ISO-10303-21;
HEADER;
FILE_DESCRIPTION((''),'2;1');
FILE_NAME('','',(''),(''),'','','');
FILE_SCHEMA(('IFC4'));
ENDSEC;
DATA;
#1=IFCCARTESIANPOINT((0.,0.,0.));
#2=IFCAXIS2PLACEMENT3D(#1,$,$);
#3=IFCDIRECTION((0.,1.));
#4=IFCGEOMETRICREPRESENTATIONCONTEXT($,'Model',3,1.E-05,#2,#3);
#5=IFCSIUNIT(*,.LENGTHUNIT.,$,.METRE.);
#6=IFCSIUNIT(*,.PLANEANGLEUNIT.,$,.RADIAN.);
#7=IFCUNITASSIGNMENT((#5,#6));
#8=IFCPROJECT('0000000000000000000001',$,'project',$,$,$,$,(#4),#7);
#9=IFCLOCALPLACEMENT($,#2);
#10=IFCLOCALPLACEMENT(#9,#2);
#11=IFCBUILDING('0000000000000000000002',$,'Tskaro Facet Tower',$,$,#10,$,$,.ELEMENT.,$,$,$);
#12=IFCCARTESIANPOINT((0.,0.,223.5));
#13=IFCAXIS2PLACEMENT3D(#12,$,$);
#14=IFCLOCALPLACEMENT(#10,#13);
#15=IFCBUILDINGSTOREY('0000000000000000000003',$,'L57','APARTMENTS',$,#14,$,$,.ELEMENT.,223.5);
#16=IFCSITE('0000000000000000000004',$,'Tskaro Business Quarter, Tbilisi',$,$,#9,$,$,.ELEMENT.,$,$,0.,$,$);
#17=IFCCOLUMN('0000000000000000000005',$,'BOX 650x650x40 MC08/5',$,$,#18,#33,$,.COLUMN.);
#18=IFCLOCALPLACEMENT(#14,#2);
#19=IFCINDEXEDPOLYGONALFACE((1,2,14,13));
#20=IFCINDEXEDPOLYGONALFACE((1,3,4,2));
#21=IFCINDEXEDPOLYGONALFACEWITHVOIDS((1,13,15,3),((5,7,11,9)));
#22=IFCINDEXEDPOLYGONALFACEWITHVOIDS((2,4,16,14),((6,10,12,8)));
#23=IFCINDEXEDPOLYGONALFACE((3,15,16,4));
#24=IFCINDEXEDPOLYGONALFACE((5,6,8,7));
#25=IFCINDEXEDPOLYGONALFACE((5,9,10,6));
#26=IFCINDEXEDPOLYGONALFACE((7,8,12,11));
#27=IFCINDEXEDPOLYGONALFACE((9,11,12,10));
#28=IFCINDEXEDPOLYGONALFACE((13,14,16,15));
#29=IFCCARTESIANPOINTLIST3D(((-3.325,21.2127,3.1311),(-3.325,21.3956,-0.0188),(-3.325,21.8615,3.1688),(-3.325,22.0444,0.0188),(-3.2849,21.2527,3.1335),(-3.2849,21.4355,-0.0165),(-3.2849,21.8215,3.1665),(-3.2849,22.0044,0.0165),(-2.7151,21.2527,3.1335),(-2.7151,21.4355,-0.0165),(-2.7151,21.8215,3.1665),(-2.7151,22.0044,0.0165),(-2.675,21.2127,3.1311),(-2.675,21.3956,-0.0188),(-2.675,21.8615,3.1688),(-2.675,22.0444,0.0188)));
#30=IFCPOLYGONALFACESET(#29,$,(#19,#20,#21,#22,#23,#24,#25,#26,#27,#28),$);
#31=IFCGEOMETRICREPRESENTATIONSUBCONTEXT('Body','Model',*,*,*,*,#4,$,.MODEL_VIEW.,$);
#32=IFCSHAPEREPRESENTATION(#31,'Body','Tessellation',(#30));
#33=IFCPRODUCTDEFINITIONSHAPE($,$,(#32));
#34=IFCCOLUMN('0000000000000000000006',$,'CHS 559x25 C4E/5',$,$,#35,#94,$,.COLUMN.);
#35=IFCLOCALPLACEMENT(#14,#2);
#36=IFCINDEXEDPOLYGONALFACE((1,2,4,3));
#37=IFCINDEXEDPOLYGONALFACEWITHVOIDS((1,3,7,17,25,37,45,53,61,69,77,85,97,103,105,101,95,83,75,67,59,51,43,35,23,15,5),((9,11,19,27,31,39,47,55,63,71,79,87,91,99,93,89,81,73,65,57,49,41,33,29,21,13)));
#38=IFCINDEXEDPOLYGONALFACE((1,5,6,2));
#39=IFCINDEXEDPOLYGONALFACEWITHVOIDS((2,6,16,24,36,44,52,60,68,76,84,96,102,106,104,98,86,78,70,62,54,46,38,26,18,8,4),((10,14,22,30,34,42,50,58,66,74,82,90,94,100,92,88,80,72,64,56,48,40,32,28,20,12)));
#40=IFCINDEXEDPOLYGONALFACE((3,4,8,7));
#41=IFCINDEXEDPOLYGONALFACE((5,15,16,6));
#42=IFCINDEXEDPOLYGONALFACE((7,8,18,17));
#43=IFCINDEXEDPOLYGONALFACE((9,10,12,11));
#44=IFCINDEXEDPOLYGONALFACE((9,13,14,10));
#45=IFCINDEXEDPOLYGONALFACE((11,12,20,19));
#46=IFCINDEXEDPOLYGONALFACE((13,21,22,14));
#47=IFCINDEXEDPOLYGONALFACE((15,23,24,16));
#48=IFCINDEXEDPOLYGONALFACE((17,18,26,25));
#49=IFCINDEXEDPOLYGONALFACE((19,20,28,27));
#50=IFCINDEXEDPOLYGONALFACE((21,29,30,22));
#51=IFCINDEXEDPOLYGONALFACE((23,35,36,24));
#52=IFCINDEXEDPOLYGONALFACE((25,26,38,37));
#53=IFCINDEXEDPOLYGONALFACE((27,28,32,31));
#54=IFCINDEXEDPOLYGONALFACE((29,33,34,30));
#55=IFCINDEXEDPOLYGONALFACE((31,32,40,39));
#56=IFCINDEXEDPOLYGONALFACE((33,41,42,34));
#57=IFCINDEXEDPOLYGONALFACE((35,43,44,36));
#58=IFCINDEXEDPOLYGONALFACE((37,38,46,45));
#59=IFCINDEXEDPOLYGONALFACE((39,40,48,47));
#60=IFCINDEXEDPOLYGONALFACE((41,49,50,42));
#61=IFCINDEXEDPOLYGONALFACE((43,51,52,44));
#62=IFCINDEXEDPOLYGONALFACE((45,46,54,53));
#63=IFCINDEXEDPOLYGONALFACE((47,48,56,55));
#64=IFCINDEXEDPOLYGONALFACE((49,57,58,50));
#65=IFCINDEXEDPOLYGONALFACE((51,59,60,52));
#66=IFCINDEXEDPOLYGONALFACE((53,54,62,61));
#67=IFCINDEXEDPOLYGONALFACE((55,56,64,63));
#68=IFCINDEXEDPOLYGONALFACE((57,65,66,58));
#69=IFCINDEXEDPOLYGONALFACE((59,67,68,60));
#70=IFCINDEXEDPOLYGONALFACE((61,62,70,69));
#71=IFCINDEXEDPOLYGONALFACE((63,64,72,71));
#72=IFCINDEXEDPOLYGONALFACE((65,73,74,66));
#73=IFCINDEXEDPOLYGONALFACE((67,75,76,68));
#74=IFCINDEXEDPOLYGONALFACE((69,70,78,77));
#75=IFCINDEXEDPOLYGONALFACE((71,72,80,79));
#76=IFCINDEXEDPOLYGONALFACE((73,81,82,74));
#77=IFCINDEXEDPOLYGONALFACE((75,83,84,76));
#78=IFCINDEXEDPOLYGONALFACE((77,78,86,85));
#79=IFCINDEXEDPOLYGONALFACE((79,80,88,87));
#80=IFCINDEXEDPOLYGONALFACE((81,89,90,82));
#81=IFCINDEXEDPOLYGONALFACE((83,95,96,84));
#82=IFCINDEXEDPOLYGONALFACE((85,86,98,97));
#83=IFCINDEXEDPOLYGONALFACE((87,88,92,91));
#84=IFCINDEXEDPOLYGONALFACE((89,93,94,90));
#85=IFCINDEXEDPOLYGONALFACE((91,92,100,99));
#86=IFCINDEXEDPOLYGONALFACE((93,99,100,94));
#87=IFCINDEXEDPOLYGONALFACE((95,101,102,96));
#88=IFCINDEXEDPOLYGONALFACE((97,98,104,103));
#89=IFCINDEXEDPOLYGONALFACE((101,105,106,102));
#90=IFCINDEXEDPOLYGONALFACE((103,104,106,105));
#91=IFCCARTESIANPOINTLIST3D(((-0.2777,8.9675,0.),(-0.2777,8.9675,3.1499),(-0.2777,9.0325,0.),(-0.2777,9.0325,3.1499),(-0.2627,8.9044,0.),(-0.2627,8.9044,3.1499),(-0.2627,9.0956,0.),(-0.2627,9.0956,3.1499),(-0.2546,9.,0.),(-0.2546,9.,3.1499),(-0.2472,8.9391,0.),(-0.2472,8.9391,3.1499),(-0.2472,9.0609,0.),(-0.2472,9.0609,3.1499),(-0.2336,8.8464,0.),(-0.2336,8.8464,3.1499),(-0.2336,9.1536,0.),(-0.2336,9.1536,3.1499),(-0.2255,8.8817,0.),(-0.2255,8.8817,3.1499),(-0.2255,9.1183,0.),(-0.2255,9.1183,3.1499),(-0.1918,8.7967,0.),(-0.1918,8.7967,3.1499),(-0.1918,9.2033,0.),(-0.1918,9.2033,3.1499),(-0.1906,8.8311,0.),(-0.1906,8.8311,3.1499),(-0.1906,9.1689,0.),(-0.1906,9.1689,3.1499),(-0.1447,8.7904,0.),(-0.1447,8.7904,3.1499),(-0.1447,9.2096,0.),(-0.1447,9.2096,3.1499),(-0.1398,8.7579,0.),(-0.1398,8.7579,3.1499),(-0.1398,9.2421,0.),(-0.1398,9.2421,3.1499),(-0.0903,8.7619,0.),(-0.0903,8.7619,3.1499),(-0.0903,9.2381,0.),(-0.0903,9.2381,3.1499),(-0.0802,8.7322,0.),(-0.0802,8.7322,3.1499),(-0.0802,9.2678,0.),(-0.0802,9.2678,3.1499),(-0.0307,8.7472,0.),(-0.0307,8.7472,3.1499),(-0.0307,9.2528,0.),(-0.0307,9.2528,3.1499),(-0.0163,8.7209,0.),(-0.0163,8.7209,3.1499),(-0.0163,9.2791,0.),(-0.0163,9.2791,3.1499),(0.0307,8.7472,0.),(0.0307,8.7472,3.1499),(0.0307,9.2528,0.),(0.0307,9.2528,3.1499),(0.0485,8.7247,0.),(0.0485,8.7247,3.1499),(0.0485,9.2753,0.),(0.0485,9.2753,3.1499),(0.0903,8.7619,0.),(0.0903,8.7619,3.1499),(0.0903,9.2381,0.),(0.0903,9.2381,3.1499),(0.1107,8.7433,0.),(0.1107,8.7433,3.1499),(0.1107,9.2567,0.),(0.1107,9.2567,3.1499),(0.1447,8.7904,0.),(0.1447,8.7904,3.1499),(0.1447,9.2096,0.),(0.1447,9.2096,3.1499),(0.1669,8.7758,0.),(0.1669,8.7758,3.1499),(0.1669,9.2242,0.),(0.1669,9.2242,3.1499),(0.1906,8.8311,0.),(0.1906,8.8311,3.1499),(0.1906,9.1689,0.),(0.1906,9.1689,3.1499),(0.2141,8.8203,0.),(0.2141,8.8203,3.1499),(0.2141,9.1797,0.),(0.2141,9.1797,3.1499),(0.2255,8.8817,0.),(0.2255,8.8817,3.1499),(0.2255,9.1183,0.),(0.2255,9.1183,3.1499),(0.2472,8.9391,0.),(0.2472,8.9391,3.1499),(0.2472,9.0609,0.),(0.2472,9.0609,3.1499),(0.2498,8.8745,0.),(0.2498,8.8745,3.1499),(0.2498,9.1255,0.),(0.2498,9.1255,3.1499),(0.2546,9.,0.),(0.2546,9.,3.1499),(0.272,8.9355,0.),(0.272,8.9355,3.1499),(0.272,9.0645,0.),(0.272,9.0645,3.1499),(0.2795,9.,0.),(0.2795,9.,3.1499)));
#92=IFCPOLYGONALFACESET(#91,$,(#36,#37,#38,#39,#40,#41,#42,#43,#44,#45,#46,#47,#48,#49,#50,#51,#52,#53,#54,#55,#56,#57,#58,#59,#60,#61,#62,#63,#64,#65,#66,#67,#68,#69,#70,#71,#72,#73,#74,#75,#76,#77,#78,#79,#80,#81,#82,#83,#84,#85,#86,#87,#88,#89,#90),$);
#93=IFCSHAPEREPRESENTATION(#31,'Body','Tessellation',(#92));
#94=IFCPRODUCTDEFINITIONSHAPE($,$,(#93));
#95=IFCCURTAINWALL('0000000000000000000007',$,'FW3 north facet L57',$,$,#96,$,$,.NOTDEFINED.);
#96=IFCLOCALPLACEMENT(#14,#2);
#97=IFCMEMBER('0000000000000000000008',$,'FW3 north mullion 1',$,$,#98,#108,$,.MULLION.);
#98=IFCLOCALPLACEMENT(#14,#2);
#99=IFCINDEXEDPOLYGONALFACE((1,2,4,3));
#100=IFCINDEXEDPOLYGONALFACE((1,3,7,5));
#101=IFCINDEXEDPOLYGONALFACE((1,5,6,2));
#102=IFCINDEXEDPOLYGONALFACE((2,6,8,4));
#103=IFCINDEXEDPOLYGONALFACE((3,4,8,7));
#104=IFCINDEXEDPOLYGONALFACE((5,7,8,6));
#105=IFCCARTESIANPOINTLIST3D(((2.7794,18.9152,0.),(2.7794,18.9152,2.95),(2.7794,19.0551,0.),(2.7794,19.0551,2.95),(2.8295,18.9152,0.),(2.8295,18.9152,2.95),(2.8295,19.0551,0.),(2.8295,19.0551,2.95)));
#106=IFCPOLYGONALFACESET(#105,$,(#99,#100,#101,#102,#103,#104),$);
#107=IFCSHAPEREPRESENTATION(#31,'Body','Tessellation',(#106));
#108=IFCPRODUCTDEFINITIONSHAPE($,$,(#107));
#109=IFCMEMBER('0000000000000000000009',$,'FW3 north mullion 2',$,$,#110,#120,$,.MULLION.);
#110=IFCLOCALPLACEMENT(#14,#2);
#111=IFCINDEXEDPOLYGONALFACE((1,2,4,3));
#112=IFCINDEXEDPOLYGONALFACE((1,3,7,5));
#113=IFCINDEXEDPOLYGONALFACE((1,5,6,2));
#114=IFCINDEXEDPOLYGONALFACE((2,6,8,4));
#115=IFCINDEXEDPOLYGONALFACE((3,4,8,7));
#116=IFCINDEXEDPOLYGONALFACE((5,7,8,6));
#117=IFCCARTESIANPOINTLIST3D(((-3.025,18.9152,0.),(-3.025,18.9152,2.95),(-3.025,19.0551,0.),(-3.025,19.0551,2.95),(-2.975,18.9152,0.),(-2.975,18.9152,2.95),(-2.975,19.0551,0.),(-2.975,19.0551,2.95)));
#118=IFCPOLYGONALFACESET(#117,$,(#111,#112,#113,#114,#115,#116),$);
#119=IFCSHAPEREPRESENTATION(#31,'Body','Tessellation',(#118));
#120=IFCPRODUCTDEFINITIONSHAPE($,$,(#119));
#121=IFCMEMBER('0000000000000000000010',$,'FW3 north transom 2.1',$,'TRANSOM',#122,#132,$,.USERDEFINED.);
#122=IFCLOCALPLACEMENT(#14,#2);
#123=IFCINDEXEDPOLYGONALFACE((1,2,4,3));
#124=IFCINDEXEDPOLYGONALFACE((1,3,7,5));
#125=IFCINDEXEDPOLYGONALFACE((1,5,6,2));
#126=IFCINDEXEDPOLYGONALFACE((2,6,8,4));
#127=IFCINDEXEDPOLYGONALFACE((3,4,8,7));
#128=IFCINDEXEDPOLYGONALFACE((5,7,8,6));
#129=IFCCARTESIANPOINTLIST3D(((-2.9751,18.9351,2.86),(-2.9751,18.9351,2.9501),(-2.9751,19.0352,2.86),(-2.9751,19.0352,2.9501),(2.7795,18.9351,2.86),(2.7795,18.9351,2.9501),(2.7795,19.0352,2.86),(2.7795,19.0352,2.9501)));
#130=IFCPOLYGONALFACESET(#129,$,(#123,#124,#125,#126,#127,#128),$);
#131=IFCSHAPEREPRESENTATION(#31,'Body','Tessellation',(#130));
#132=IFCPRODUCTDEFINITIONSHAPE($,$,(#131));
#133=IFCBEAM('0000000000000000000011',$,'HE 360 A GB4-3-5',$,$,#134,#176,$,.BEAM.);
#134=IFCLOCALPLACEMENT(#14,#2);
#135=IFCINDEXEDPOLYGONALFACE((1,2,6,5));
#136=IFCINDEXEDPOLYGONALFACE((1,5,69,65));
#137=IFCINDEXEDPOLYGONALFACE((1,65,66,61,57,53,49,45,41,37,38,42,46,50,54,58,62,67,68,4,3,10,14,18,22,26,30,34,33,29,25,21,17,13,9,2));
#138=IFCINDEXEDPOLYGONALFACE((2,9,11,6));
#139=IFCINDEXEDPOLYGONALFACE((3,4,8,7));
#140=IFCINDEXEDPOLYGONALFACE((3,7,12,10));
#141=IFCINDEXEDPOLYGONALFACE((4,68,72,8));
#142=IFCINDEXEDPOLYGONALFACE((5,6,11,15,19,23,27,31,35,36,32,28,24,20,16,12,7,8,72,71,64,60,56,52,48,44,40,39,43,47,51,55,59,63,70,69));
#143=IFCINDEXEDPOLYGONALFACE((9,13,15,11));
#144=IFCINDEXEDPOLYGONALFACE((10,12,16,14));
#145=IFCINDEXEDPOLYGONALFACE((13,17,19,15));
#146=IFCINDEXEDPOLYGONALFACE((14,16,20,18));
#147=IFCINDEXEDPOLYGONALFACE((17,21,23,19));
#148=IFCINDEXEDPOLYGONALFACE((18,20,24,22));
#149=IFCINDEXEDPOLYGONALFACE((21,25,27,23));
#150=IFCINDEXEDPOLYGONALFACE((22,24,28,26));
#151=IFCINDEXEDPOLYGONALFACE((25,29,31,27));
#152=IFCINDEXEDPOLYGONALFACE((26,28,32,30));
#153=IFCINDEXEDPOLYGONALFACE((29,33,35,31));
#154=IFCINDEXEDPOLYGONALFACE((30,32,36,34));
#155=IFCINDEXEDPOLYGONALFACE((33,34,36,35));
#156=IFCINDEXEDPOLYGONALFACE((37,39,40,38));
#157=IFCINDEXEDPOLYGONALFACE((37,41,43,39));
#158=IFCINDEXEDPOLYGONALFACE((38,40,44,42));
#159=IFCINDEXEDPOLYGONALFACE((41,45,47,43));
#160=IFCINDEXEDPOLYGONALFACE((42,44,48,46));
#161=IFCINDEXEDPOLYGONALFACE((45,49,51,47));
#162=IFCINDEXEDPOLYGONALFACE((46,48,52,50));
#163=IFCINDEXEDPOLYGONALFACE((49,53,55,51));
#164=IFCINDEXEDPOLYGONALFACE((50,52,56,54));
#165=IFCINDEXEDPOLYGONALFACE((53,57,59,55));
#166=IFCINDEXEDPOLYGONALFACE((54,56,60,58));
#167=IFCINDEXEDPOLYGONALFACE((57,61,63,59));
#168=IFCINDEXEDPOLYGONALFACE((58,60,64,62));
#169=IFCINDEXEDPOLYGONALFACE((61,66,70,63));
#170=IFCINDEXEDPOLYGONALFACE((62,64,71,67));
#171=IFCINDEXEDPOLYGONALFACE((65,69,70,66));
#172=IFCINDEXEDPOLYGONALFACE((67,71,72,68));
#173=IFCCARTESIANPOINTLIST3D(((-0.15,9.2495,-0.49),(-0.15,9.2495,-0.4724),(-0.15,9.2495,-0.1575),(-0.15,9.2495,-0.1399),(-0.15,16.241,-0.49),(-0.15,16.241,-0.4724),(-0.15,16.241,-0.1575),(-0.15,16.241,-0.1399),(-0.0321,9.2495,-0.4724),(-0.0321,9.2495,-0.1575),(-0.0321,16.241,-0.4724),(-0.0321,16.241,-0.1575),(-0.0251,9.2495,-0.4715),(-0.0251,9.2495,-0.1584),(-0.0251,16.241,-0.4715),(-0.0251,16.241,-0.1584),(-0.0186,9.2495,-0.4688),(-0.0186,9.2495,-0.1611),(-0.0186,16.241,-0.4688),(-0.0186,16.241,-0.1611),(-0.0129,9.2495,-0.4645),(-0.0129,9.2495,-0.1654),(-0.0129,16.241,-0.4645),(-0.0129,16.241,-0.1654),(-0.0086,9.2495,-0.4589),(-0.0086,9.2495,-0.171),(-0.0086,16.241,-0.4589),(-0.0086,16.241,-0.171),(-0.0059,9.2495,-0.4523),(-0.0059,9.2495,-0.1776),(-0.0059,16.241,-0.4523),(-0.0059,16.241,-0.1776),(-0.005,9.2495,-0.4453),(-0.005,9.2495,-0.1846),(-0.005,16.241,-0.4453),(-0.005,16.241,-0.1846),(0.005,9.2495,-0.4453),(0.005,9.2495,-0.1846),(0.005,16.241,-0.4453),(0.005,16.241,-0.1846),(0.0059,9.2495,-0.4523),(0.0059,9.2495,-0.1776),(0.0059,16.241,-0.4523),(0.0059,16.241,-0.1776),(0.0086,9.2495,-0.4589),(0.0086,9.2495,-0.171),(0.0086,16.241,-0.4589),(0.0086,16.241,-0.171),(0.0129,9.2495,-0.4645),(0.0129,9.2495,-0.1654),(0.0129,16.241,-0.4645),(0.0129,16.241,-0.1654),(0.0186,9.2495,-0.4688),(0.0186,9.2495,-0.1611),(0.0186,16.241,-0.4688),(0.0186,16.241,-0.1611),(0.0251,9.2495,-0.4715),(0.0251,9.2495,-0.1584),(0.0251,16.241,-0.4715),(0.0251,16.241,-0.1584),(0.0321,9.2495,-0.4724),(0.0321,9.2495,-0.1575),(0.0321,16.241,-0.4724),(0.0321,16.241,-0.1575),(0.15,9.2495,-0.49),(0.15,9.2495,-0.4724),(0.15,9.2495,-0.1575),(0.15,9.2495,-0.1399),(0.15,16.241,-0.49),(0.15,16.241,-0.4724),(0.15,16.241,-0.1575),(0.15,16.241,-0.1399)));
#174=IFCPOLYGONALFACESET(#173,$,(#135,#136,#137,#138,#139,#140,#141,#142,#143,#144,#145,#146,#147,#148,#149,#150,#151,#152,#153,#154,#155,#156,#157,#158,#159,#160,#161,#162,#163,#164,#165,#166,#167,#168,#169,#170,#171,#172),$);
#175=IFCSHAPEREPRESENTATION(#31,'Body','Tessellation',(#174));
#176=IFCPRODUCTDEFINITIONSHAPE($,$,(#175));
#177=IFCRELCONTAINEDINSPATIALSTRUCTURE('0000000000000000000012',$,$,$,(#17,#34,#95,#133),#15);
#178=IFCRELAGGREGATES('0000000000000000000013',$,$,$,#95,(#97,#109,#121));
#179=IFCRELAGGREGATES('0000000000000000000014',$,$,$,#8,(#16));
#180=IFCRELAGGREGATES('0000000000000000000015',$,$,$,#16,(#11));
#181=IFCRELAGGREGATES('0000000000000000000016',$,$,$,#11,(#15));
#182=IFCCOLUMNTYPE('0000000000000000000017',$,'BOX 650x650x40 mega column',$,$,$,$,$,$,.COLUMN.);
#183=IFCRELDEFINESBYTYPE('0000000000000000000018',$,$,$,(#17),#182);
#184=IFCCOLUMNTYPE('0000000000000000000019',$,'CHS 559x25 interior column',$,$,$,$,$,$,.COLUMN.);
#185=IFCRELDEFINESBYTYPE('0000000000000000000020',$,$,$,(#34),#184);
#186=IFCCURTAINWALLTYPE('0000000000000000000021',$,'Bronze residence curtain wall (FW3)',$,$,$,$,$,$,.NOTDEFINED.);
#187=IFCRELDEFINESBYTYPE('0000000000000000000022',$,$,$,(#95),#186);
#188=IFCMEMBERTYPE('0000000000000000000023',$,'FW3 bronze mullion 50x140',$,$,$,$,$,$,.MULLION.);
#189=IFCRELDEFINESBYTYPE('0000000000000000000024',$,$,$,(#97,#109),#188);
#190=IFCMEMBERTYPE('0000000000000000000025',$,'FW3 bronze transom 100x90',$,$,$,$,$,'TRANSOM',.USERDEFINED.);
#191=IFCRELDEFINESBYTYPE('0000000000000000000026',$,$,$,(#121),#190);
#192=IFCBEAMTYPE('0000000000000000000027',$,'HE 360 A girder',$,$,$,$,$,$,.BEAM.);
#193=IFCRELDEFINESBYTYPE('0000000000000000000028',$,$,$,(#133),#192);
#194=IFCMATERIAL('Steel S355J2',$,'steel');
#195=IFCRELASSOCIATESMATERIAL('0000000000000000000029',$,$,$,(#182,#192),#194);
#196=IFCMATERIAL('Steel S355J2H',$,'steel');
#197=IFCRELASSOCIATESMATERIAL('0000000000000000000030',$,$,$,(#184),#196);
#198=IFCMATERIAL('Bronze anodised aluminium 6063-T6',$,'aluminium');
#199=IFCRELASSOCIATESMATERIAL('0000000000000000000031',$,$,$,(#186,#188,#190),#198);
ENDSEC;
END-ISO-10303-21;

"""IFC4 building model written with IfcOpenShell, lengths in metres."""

from ifc_helpers import new_model, si_unit, direction, frame, origin, origin_2d, place, context, subcontext, project, spatial, rectangle, hollow_rectangle, hollow_circle, i_section, extrude, material, material_profile, profile_set, type_object, element, aggregate, save


model = new_model("IFC4")

# Units and contexts
model_context = context("Model", 3, precision=1e-05, world=origin(), true_north=direction((0.0, 1.0)))
body_context = subcontext(model_context, "Body", "Model", "MODEL_VIEW")
ifc_project = project(units=[si_unit("LENGTHUNIT", "METRE"), si_unit("PLANEANGLEUNIT", "RADIAN")], contexts=[model_context])

# Site, building, storey
site_placement = place(None, origin())
site = spatial("IfcSite", under=ifc_project, at=site_placement, Name="Tskaro Business Quarter, Tbilisi", CompositionType="ELEMENT", RefElevation=0.0)
building_placement = place(site_placement, origin())
building = spatial("IfcBuilding", under=site, at=building_placement, Name="Tskaro Facet Tower", CompositionType="ELEMENT")
storey_placement = place(building_placement, frame((0.0, 0.0, 223.5)))
storey = spatial("IfcBuildingStorey", under=building, at=storey_placement, Name="L57", Description="APARTMENTS", CompositionType="ELEMENT", Elevation=223.5)

# Columns
ifc_material_1 = material(Name="Steel S355J2", Category="steel")
ifc_material_profile_1 = material_profile(ifc_material_1, hollow_rectangle(XDim=0.6499, YDim=0.6499, WallThickness=0.04, at=origin_2d()), Name="BOX 650x650x40")
ifc_profile_set_1 = profile_set([ifc_material_profile_1], Name="Steel S355J2")
column_type_1 = type_object("IfcColumnType", Name="BOX 650x650x40 mega column", PredefinedType="COLUMN", material=ifc_profile_set_1)
column_1_placement = place(storey_placement, frame((-3.0, 21.72, 0.0), z_axis=(0.0, -0.057955, 0.998319), x_axis=(1.0, 0.0, 0.0)))
element("IfcColumn", 1, at=column_1_placement, inside=storey, type_object=column_type_1, Name="BOX 650x650x40 MC08/5", PredefinedType="COLUMN", context=body_context, shape_type="SweptSolid", body=[
    extrude(hollow_rectangle(XDim=0.6499, YDim=0.6499, WallThickness=0.04, at=origin_2d()), origin(), (0.0, 0.0, 1.0), 3.1553),
])
ifc_material_2 = material(Name="Steel S355J2H", Category="steel")
ifc_material_profile_2 = material_profile(ifc_material_2, hollow_circle(Radius=0.2795, WallThickness=0.0249, at=origin_2d()), Name="CHS 559x25")
ifc_profile_set_2 = profile_set([ifc_material_profile_2], Name="Steel S355J2H")
column_type_2 = type_object("IfcColumnType", Name="CHS 559x25 interior column", PredefinedType="COLUMN", material=ifc_profile_set_2)
column_2_placement = place(storey_placement, frame((0.0, 9.0, 0.0), z_axis=(0.0, 0.0, 1.0), x_axis=(1.0, 0.0, 0.0)))
element("IfcColumn", 2, at=column_2_placement, inside=storey, type_object=column_type_2, Name="CHS 559x25 C4E/5", PredefinedType="COLUMN", context=body_context, shape_type="SweptSolid", body=[
    extrude(hollow_circle(Radius=0.2795, WallThickness=0.0249, at=origin_2d()), origin(), (0.0, 0.0, 1.0), 3.1499),
])

# Curtain wall, members
ifc_material_3 = material(Name="Bronze anodised aluminium 6063-T6", Category="aluminium")
curtain_wall_type = type_object("IfcCurtainWallType", Name="Bronze residence curtain wall (FW3)", PredefinedType="NOTDEFINED", material=ifc_material_3)
curtain_wall_placement = place(storey_placement, origin())
curtain_wall = element("IfcCurtainWall", 3, at=curtain_wall_placement, inside=storey, type_object=curtain_wall_type, Name="FW3 north facet L57", PredefinedType="NOTDEFINED")
ifc_material_profile_3 = material_profile(ifc_material_3, rectangle(XDim=0.05, YDim=0.1399, at=origin_2d()), Name="Mullion 50x140")
ifc_profile_set_3 = profile_set([ifc_material_profile_3], Name="Bronze anodised aluminium 6063-T6")
member_type_1 = type_object("IfcMemberType", Name="FW3 bronze mullion 50x140", PredefinedType="MULLION", material=ifc_profile_set_3)
member_1_placement = place(storey_placement, frame((2.8044, 18.9851, 0.0), z_axis=(0.0, 0.0, 1.0), x_axis=(-1.0, 0.0, 0.0)))
member_1 = element("IfcMember", 4, at=member_1_placement, type_object=member_type_1, Name="FW3 north mullion 1", PredefinedType="MULLION", context=body_context, shape_type="SweptSolid", body=[
    extrude(rectangle(XDim=0.05, YDim=0.1399, at=origin_2d()), origin(), (0.0, 0.0, 1.0), 2.95),
])
member_2_placement = place(storey_placement, frame((-3.0, 18.9851, 0.0), z_axis=(0.0, 0.0, 1.0), x_axis=(-1.0, 0.0, 0.0)))
member_2 = element("IfcMember", 5, at=member_2_placement, type_object=member_type_1, Name="FW3 north mullion 2", PredefinedType="MULLION", context=body_context, shape_type="SweptSolid", body=[
    extrude(rectangle(XDim=0.05, YDim=0.1399, at=origin_2d()), origin(), (0.0, 0.0, 1.0), 2.95),
])
ifc_material_profile_4 = material_profile(ifc_material_3, rectangle(XDim=0.1001, YDim=0.0901, at=origin_2d()), Name="Transom 100x90")
ifc_profile_set_4 = profile_set([ifc_material_profile_4], Name="Bronze anodised aluminium 6063-T6")
member_type_2 = type_object("IfcMemberType", Name="FW3 bronze transom 100x90", ElementType="TRANSOM", PredefinedType="USERDEFINED", material=ifc_profile_set_4)
member_3_placement = place(storey_placement, frame((2.7795, 18.9851, 2.905), z_axis=(-1.0, 0.0, 0.0), x_axis=(0.0, -1.0, 0.0)))
member_3 = element("IfcMember", 6, at=member_3_placement, type_object=member_type_2, Name="FW3 north transom 2.1", ObjectType="TRANSOM", PredefinedType="USERDEFINED", context=body_context, shape_type="SweptSolid", body=[
    extrude(rectangle(XDim=0.1001, YDim=0.0901, at=origin_2d()), origin(), (0.0, 0.0, 1.0), 5.7546),
])

# Beam
ifc_material_profile_5 = material_profile(ifc_material_1, i_section(OverallWidth=0.3, OverallDepth=0.3501, WebThickness=0.01, FlangeThickness=0.0176, FilletRadius=0.0271, at=origin_2d()), Name="HE 360 A")
ifc_profile_set_5 = profile_set([ifc_material_profile_5], Name="Steel S355J2")
beam_type_1 = type_object("IfcBeamType", Name="HE 360 A girder", PredefinedType="BEAM", material=ifc_profile_set_5)
beam_1_placement = place(storey_placement, frame((0.0, 9.2495, -0.3149), z_axis=(0.0, 1.0, 0.0), x_axis=(-1.0, 0.0, 0.0)))
element("IfcBeam", 7, at=beam_1_placement, inside=storey, type_object=beam_type_1, Name="HE 360 A GB4-3-5", PredefinedType="BEAM", context=body_context, shape_type="SweptSolid", body=[
    extrude(i_section(OverallWidth=0.3, OverallDepth=0.3501, WebThickness=0.01, FlangeThickness=0.0176, FilletRadius=0.0271, at=origin_2d()), origin(), (0.0, 0.0, 1.0), 6.9915),
])

aggregate(curtain_wall, [member_1, member_2, member_3])

save(model, "model.ifc")
